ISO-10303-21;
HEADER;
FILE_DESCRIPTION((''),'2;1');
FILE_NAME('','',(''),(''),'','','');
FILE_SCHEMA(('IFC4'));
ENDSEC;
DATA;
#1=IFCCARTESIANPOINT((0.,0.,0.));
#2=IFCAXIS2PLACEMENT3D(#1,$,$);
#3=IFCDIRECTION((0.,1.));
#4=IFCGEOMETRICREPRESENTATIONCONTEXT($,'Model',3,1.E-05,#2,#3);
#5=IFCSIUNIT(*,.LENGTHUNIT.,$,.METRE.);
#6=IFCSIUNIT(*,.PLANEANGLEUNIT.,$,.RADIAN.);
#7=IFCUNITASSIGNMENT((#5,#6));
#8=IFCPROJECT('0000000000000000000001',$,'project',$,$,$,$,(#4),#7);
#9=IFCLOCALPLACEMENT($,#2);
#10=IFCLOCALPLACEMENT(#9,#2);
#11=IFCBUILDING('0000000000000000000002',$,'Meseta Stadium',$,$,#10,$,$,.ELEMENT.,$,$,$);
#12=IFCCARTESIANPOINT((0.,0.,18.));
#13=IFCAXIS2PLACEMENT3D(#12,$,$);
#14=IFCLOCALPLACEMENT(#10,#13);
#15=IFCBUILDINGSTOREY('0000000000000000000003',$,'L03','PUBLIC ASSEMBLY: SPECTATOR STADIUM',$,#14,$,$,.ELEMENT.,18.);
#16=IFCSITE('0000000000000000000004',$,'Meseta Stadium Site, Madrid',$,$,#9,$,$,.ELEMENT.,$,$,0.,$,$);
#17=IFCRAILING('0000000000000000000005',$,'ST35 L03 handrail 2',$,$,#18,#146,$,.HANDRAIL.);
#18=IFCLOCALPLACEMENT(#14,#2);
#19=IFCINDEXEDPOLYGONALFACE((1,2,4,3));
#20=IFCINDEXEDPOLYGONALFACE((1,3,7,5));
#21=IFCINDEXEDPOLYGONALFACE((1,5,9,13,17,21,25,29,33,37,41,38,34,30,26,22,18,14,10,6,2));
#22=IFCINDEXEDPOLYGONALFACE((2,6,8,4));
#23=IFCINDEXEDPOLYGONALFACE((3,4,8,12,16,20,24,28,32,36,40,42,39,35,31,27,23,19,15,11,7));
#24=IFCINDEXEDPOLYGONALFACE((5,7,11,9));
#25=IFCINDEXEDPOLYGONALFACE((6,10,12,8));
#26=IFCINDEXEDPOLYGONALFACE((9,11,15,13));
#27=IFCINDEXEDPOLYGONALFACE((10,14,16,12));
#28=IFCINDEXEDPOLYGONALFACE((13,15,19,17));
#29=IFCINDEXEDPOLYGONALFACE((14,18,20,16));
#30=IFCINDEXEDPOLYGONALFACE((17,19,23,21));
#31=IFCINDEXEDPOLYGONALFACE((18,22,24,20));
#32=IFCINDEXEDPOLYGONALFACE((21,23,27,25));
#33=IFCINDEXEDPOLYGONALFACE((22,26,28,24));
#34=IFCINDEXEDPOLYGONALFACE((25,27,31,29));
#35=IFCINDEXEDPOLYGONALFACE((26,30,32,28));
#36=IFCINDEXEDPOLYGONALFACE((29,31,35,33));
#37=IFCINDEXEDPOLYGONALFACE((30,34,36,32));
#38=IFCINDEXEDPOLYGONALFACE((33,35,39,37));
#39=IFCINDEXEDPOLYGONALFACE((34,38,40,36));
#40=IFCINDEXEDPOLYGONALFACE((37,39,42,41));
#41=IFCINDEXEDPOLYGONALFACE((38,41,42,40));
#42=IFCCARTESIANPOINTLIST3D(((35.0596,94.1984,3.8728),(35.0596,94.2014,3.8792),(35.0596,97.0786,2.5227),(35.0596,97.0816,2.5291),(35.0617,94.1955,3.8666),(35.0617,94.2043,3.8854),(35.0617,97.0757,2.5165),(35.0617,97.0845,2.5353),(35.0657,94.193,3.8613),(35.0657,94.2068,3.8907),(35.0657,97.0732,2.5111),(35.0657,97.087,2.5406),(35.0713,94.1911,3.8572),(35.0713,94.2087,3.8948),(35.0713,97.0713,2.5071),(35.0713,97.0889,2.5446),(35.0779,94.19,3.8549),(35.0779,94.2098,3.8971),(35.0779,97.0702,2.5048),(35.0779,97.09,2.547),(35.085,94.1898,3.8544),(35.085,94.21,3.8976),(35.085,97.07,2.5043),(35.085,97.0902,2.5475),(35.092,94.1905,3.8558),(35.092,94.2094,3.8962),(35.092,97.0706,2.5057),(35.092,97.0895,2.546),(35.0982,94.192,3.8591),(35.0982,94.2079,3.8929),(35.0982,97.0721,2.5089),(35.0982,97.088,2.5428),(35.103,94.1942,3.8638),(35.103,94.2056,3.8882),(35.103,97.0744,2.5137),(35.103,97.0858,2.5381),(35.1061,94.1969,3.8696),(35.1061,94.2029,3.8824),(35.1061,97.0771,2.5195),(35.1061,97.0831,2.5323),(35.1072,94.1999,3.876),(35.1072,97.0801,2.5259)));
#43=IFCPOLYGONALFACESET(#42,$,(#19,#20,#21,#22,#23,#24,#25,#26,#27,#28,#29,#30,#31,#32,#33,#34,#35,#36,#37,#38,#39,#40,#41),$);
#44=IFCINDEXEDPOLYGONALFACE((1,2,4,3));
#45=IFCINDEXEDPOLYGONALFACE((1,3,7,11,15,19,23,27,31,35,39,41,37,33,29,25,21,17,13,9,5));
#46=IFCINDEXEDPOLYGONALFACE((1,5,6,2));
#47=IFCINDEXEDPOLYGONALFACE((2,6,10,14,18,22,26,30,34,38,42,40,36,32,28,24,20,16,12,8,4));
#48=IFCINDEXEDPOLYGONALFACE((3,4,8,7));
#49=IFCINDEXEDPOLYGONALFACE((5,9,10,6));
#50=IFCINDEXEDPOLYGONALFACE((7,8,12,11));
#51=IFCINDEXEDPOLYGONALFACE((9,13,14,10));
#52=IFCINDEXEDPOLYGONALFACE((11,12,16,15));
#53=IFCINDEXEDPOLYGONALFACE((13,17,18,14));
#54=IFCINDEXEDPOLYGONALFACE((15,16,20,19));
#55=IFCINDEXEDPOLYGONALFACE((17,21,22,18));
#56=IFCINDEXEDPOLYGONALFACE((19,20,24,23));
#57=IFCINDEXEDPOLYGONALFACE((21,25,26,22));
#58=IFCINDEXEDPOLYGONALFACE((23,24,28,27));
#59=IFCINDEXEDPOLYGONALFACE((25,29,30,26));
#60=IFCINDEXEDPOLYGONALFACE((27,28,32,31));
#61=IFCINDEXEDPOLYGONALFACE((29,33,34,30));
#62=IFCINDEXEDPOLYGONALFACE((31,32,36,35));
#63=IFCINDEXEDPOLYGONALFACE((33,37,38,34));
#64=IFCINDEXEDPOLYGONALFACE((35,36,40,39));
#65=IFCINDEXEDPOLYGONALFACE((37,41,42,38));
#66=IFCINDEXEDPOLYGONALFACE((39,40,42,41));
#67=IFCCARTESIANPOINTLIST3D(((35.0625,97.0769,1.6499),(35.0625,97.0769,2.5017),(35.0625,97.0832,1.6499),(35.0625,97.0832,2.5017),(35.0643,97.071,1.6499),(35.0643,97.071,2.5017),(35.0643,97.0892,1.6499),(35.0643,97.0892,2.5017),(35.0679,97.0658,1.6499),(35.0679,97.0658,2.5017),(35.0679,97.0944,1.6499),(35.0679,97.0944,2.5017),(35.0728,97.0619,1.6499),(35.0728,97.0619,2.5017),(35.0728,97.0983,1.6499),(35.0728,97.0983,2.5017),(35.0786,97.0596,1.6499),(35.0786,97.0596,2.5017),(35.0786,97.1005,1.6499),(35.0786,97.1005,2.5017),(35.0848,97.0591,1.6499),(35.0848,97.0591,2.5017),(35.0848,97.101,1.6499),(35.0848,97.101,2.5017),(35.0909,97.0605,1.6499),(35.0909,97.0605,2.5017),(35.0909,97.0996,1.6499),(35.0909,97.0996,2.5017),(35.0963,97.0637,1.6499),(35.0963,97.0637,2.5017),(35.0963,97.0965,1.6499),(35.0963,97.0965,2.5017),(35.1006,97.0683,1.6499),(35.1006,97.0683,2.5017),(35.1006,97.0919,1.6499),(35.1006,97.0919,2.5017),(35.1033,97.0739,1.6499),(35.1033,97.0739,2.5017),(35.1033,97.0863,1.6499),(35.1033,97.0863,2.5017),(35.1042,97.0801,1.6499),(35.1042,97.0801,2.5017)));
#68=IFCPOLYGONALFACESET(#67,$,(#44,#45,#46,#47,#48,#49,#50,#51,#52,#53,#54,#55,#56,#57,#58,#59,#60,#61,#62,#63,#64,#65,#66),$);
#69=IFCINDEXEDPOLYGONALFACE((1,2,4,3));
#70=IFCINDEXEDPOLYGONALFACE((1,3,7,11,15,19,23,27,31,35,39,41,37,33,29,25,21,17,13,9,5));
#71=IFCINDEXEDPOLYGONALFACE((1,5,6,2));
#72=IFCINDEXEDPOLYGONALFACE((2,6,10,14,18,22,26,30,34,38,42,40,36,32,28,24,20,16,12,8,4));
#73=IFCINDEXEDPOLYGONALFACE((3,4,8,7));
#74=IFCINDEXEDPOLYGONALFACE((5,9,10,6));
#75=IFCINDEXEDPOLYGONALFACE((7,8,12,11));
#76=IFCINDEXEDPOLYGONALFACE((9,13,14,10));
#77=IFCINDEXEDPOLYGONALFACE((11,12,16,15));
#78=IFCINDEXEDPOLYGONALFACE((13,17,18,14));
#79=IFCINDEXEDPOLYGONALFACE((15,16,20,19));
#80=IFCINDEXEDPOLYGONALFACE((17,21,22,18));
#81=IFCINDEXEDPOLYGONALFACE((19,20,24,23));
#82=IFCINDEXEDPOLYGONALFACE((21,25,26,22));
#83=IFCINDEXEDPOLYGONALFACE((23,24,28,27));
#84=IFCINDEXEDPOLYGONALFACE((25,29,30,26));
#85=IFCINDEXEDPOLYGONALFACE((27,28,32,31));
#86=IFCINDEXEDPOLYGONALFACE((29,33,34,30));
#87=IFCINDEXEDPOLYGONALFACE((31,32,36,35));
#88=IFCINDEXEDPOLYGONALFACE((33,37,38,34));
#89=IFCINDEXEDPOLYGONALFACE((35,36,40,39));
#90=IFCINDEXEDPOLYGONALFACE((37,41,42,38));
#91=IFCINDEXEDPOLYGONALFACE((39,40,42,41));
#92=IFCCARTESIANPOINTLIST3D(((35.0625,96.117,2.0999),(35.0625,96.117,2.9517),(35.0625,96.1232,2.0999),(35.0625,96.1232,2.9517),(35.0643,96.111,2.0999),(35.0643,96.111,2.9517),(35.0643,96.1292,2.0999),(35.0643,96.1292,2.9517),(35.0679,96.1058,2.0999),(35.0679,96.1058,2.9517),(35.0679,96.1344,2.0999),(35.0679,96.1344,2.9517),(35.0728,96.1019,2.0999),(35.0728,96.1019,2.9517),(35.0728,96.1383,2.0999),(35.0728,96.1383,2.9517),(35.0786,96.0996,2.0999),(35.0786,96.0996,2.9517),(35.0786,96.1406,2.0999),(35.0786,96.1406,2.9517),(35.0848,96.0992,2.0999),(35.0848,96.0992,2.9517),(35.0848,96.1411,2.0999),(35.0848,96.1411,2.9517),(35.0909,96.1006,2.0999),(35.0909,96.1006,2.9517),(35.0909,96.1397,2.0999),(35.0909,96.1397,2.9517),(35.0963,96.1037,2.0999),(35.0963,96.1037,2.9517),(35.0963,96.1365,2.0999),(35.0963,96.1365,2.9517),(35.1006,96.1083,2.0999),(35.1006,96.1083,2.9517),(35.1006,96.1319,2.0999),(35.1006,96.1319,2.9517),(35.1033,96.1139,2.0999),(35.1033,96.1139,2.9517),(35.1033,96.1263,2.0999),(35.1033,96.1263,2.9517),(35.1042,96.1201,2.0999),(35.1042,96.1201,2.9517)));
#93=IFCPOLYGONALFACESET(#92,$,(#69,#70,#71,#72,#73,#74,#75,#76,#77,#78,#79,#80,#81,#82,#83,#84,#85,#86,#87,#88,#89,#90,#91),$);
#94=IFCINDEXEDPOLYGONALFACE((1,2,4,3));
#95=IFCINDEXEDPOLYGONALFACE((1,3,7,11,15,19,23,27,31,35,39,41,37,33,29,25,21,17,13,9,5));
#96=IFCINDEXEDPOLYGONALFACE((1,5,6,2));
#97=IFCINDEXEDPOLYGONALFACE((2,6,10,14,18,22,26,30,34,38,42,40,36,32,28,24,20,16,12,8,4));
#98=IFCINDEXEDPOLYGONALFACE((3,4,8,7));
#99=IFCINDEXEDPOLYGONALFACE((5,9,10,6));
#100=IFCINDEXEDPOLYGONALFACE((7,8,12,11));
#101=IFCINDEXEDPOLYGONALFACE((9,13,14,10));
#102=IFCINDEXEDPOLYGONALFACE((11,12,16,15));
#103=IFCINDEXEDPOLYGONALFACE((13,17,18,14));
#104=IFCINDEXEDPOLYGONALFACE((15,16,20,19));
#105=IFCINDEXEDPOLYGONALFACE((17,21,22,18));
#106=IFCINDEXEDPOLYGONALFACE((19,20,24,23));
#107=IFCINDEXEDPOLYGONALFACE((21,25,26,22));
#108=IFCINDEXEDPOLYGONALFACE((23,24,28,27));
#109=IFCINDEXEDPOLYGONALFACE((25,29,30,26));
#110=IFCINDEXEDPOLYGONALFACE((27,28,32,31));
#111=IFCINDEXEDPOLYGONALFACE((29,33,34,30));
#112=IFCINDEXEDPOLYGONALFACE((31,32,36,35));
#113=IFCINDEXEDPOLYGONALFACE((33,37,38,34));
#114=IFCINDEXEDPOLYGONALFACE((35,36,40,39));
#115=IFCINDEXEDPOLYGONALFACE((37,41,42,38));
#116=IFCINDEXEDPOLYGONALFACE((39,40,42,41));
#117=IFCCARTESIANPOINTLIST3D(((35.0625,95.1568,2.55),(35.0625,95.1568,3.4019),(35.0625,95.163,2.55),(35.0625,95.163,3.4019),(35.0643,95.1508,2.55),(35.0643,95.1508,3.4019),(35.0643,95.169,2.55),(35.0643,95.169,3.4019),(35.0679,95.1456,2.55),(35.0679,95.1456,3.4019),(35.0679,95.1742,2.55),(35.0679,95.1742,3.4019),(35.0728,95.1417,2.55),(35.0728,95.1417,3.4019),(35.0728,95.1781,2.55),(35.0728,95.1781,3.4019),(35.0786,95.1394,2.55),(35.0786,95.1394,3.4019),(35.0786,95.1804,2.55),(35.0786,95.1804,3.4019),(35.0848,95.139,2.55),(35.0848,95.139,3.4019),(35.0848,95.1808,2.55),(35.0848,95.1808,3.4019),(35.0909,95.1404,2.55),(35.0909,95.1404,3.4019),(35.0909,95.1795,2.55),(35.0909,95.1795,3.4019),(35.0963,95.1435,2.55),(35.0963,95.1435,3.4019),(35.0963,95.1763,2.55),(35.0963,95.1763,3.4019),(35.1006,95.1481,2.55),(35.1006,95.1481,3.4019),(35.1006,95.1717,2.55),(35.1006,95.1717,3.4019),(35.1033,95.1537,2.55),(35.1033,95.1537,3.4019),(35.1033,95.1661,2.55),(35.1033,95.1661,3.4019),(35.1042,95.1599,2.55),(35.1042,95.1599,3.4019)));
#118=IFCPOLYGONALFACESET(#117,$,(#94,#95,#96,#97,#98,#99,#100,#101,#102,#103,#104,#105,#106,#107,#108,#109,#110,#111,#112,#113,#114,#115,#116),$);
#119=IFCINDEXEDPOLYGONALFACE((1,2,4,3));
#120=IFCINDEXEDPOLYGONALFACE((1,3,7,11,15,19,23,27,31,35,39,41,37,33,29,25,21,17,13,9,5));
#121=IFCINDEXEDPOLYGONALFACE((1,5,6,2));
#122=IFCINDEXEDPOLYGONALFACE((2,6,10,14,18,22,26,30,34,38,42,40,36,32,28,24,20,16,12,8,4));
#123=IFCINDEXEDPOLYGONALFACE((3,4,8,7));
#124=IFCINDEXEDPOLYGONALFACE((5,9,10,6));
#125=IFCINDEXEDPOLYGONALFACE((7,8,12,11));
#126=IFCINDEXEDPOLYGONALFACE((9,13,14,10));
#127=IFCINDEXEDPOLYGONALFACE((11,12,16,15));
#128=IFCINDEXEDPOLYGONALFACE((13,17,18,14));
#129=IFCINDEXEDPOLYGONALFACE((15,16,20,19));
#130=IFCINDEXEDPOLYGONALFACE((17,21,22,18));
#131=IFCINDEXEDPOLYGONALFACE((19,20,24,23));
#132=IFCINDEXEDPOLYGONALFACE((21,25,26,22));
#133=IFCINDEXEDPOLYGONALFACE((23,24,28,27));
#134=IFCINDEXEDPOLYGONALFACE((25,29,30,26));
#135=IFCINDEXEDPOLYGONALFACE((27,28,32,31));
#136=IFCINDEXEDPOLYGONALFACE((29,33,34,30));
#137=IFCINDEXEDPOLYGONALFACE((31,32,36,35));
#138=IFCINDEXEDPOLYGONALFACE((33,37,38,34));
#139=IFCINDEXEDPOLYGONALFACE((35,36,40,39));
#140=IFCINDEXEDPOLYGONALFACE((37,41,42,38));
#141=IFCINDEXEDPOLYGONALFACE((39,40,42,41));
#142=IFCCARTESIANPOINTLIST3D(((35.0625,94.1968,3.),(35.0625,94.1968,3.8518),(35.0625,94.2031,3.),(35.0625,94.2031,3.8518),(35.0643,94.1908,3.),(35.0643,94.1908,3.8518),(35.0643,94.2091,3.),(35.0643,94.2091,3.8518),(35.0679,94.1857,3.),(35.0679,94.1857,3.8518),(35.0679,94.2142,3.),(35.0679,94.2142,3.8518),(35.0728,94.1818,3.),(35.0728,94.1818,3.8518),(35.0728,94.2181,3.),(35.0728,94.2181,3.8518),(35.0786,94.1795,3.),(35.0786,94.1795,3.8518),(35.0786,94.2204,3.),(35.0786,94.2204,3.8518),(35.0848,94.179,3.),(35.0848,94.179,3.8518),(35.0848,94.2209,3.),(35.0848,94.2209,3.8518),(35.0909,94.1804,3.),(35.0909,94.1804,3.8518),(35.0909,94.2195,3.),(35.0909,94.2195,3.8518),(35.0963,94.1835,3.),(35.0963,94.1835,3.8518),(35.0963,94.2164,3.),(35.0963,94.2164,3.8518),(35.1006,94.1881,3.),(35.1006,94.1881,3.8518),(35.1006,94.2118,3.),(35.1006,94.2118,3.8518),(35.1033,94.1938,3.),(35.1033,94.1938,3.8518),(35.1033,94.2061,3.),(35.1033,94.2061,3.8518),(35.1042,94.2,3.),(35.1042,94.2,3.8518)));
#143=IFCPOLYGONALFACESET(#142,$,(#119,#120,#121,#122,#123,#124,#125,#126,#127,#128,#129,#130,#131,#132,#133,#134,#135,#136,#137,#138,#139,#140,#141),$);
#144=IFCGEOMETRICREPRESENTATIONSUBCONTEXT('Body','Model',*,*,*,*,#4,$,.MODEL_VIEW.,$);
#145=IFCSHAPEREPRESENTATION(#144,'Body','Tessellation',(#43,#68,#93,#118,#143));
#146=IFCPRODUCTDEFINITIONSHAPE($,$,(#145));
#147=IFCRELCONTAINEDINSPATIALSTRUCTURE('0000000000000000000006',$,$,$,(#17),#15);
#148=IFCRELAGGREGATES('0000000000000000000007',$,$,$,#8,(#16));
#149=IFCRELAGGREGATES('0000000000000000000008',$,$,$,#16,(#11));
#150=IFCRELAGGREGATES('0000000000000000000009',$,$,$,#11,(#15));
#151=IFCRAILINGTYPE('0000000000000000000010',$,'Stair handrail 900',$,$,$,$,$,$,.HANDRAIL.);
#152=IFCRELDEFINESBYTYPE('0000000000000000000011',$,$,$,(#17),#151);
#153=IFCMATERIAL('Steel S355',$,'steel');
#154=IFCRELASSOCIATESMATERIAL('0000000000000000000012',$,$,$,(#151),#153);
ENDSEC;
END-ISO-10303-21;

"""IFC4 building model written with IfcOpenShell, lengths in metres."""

from ifc_helpers import new_model, si_unit, direction, frame, origin, origin_2d, place, context, subcontext, project, spatial, circle, extrude, material, type_object, element, save


model = new_model("IFC4")

# Units and contexts
model_context = context("Model", 3, precision=1e-05, world=origin(), true_north=direction((0.0, 1.0)))
body_context = subcontext(model_context, "Body", "Model", "MODEL_VIEW")
ifc_project = project(units=[si_unit("LENGTHUNIT", "METRE"), si_unit("PLANEANGLEUNIT", "RADIAN")], contexts=[model_context])

# Site, building, storey
site_placement = place(None, origin())
site = spatial("IfcSite", under=ifc_project, at=site_placement, Name="Meseta Stadium Site, Madrid", CompositionType="ELEMENT", RefElevation=0.0)
building_placement = place(site_placement, origin())
building = spatial("IfcBuilding", under=site, at=building_placement, Name="Meseta Stadium", CompositionType="ELEMENT")
storey_placement = place(building_placement, frame((0.0, 0.0, 18.0)))
storey = spatial("IfcBuildingStorey", under=building, at=storey_placement, Name="L03", Description="PUBLIC ASSEMBLY: SPECTATOR STADIUM", CompositionType="ELEMENT", Elevation=18.0)

# Railing
ifc_material_1 = material(Name="Steel S355", Category="steel")
railing_type_1 = type_object("IfcRailingType", Name="Stair handrail 900", PredefinedType="HANDRAIL", material=ifc_material_1)
railing_1_placement = place(storey_placement, frame((35.0833, 97.0801, 1.6499)))
element("IfcRailing", 1, at=railing_1_placement, inside=storey, type_object=railing_type_1, Name="ST35 L03 handrail 2", PredefinedType="HANDRAIL", context=body_context, shape_type="SweptSolid", body=[
    extrude(circle(Radius=0.0239, at=origin_2d()), frame((0.0, 0.0, 0.876), z_axis=(0.0, -0.905454, 0.424444), x_axis=(1.0, 0.0, 0.0)), (0.0, 0.0, 1.0), 3.1809),
    extrude(circle(Radius=0.021, at=origin_2d()), origin(), (0.0, 0.0, 1.0), 0.8518),
    extrude(circle(Radius=0.021, at=origin_2d()), frame((0.0, -0.96, 0.45)), (0.0, 0.0, 1.0), 0.8518),
    extrude(circle(Radius=0.021, at=origin_2d()), frame((0.0, -1.9202, 0.9001)), (0.0, 0.0, 1.0), 0.8518),
    extrude(circle(Radius=0.021, at=origin_2d()), frame((0.0, -2.8801, 1.3501)), (0.0, 0.0, 1.0), 0.8518),
])

save(model, "model.ifc")
